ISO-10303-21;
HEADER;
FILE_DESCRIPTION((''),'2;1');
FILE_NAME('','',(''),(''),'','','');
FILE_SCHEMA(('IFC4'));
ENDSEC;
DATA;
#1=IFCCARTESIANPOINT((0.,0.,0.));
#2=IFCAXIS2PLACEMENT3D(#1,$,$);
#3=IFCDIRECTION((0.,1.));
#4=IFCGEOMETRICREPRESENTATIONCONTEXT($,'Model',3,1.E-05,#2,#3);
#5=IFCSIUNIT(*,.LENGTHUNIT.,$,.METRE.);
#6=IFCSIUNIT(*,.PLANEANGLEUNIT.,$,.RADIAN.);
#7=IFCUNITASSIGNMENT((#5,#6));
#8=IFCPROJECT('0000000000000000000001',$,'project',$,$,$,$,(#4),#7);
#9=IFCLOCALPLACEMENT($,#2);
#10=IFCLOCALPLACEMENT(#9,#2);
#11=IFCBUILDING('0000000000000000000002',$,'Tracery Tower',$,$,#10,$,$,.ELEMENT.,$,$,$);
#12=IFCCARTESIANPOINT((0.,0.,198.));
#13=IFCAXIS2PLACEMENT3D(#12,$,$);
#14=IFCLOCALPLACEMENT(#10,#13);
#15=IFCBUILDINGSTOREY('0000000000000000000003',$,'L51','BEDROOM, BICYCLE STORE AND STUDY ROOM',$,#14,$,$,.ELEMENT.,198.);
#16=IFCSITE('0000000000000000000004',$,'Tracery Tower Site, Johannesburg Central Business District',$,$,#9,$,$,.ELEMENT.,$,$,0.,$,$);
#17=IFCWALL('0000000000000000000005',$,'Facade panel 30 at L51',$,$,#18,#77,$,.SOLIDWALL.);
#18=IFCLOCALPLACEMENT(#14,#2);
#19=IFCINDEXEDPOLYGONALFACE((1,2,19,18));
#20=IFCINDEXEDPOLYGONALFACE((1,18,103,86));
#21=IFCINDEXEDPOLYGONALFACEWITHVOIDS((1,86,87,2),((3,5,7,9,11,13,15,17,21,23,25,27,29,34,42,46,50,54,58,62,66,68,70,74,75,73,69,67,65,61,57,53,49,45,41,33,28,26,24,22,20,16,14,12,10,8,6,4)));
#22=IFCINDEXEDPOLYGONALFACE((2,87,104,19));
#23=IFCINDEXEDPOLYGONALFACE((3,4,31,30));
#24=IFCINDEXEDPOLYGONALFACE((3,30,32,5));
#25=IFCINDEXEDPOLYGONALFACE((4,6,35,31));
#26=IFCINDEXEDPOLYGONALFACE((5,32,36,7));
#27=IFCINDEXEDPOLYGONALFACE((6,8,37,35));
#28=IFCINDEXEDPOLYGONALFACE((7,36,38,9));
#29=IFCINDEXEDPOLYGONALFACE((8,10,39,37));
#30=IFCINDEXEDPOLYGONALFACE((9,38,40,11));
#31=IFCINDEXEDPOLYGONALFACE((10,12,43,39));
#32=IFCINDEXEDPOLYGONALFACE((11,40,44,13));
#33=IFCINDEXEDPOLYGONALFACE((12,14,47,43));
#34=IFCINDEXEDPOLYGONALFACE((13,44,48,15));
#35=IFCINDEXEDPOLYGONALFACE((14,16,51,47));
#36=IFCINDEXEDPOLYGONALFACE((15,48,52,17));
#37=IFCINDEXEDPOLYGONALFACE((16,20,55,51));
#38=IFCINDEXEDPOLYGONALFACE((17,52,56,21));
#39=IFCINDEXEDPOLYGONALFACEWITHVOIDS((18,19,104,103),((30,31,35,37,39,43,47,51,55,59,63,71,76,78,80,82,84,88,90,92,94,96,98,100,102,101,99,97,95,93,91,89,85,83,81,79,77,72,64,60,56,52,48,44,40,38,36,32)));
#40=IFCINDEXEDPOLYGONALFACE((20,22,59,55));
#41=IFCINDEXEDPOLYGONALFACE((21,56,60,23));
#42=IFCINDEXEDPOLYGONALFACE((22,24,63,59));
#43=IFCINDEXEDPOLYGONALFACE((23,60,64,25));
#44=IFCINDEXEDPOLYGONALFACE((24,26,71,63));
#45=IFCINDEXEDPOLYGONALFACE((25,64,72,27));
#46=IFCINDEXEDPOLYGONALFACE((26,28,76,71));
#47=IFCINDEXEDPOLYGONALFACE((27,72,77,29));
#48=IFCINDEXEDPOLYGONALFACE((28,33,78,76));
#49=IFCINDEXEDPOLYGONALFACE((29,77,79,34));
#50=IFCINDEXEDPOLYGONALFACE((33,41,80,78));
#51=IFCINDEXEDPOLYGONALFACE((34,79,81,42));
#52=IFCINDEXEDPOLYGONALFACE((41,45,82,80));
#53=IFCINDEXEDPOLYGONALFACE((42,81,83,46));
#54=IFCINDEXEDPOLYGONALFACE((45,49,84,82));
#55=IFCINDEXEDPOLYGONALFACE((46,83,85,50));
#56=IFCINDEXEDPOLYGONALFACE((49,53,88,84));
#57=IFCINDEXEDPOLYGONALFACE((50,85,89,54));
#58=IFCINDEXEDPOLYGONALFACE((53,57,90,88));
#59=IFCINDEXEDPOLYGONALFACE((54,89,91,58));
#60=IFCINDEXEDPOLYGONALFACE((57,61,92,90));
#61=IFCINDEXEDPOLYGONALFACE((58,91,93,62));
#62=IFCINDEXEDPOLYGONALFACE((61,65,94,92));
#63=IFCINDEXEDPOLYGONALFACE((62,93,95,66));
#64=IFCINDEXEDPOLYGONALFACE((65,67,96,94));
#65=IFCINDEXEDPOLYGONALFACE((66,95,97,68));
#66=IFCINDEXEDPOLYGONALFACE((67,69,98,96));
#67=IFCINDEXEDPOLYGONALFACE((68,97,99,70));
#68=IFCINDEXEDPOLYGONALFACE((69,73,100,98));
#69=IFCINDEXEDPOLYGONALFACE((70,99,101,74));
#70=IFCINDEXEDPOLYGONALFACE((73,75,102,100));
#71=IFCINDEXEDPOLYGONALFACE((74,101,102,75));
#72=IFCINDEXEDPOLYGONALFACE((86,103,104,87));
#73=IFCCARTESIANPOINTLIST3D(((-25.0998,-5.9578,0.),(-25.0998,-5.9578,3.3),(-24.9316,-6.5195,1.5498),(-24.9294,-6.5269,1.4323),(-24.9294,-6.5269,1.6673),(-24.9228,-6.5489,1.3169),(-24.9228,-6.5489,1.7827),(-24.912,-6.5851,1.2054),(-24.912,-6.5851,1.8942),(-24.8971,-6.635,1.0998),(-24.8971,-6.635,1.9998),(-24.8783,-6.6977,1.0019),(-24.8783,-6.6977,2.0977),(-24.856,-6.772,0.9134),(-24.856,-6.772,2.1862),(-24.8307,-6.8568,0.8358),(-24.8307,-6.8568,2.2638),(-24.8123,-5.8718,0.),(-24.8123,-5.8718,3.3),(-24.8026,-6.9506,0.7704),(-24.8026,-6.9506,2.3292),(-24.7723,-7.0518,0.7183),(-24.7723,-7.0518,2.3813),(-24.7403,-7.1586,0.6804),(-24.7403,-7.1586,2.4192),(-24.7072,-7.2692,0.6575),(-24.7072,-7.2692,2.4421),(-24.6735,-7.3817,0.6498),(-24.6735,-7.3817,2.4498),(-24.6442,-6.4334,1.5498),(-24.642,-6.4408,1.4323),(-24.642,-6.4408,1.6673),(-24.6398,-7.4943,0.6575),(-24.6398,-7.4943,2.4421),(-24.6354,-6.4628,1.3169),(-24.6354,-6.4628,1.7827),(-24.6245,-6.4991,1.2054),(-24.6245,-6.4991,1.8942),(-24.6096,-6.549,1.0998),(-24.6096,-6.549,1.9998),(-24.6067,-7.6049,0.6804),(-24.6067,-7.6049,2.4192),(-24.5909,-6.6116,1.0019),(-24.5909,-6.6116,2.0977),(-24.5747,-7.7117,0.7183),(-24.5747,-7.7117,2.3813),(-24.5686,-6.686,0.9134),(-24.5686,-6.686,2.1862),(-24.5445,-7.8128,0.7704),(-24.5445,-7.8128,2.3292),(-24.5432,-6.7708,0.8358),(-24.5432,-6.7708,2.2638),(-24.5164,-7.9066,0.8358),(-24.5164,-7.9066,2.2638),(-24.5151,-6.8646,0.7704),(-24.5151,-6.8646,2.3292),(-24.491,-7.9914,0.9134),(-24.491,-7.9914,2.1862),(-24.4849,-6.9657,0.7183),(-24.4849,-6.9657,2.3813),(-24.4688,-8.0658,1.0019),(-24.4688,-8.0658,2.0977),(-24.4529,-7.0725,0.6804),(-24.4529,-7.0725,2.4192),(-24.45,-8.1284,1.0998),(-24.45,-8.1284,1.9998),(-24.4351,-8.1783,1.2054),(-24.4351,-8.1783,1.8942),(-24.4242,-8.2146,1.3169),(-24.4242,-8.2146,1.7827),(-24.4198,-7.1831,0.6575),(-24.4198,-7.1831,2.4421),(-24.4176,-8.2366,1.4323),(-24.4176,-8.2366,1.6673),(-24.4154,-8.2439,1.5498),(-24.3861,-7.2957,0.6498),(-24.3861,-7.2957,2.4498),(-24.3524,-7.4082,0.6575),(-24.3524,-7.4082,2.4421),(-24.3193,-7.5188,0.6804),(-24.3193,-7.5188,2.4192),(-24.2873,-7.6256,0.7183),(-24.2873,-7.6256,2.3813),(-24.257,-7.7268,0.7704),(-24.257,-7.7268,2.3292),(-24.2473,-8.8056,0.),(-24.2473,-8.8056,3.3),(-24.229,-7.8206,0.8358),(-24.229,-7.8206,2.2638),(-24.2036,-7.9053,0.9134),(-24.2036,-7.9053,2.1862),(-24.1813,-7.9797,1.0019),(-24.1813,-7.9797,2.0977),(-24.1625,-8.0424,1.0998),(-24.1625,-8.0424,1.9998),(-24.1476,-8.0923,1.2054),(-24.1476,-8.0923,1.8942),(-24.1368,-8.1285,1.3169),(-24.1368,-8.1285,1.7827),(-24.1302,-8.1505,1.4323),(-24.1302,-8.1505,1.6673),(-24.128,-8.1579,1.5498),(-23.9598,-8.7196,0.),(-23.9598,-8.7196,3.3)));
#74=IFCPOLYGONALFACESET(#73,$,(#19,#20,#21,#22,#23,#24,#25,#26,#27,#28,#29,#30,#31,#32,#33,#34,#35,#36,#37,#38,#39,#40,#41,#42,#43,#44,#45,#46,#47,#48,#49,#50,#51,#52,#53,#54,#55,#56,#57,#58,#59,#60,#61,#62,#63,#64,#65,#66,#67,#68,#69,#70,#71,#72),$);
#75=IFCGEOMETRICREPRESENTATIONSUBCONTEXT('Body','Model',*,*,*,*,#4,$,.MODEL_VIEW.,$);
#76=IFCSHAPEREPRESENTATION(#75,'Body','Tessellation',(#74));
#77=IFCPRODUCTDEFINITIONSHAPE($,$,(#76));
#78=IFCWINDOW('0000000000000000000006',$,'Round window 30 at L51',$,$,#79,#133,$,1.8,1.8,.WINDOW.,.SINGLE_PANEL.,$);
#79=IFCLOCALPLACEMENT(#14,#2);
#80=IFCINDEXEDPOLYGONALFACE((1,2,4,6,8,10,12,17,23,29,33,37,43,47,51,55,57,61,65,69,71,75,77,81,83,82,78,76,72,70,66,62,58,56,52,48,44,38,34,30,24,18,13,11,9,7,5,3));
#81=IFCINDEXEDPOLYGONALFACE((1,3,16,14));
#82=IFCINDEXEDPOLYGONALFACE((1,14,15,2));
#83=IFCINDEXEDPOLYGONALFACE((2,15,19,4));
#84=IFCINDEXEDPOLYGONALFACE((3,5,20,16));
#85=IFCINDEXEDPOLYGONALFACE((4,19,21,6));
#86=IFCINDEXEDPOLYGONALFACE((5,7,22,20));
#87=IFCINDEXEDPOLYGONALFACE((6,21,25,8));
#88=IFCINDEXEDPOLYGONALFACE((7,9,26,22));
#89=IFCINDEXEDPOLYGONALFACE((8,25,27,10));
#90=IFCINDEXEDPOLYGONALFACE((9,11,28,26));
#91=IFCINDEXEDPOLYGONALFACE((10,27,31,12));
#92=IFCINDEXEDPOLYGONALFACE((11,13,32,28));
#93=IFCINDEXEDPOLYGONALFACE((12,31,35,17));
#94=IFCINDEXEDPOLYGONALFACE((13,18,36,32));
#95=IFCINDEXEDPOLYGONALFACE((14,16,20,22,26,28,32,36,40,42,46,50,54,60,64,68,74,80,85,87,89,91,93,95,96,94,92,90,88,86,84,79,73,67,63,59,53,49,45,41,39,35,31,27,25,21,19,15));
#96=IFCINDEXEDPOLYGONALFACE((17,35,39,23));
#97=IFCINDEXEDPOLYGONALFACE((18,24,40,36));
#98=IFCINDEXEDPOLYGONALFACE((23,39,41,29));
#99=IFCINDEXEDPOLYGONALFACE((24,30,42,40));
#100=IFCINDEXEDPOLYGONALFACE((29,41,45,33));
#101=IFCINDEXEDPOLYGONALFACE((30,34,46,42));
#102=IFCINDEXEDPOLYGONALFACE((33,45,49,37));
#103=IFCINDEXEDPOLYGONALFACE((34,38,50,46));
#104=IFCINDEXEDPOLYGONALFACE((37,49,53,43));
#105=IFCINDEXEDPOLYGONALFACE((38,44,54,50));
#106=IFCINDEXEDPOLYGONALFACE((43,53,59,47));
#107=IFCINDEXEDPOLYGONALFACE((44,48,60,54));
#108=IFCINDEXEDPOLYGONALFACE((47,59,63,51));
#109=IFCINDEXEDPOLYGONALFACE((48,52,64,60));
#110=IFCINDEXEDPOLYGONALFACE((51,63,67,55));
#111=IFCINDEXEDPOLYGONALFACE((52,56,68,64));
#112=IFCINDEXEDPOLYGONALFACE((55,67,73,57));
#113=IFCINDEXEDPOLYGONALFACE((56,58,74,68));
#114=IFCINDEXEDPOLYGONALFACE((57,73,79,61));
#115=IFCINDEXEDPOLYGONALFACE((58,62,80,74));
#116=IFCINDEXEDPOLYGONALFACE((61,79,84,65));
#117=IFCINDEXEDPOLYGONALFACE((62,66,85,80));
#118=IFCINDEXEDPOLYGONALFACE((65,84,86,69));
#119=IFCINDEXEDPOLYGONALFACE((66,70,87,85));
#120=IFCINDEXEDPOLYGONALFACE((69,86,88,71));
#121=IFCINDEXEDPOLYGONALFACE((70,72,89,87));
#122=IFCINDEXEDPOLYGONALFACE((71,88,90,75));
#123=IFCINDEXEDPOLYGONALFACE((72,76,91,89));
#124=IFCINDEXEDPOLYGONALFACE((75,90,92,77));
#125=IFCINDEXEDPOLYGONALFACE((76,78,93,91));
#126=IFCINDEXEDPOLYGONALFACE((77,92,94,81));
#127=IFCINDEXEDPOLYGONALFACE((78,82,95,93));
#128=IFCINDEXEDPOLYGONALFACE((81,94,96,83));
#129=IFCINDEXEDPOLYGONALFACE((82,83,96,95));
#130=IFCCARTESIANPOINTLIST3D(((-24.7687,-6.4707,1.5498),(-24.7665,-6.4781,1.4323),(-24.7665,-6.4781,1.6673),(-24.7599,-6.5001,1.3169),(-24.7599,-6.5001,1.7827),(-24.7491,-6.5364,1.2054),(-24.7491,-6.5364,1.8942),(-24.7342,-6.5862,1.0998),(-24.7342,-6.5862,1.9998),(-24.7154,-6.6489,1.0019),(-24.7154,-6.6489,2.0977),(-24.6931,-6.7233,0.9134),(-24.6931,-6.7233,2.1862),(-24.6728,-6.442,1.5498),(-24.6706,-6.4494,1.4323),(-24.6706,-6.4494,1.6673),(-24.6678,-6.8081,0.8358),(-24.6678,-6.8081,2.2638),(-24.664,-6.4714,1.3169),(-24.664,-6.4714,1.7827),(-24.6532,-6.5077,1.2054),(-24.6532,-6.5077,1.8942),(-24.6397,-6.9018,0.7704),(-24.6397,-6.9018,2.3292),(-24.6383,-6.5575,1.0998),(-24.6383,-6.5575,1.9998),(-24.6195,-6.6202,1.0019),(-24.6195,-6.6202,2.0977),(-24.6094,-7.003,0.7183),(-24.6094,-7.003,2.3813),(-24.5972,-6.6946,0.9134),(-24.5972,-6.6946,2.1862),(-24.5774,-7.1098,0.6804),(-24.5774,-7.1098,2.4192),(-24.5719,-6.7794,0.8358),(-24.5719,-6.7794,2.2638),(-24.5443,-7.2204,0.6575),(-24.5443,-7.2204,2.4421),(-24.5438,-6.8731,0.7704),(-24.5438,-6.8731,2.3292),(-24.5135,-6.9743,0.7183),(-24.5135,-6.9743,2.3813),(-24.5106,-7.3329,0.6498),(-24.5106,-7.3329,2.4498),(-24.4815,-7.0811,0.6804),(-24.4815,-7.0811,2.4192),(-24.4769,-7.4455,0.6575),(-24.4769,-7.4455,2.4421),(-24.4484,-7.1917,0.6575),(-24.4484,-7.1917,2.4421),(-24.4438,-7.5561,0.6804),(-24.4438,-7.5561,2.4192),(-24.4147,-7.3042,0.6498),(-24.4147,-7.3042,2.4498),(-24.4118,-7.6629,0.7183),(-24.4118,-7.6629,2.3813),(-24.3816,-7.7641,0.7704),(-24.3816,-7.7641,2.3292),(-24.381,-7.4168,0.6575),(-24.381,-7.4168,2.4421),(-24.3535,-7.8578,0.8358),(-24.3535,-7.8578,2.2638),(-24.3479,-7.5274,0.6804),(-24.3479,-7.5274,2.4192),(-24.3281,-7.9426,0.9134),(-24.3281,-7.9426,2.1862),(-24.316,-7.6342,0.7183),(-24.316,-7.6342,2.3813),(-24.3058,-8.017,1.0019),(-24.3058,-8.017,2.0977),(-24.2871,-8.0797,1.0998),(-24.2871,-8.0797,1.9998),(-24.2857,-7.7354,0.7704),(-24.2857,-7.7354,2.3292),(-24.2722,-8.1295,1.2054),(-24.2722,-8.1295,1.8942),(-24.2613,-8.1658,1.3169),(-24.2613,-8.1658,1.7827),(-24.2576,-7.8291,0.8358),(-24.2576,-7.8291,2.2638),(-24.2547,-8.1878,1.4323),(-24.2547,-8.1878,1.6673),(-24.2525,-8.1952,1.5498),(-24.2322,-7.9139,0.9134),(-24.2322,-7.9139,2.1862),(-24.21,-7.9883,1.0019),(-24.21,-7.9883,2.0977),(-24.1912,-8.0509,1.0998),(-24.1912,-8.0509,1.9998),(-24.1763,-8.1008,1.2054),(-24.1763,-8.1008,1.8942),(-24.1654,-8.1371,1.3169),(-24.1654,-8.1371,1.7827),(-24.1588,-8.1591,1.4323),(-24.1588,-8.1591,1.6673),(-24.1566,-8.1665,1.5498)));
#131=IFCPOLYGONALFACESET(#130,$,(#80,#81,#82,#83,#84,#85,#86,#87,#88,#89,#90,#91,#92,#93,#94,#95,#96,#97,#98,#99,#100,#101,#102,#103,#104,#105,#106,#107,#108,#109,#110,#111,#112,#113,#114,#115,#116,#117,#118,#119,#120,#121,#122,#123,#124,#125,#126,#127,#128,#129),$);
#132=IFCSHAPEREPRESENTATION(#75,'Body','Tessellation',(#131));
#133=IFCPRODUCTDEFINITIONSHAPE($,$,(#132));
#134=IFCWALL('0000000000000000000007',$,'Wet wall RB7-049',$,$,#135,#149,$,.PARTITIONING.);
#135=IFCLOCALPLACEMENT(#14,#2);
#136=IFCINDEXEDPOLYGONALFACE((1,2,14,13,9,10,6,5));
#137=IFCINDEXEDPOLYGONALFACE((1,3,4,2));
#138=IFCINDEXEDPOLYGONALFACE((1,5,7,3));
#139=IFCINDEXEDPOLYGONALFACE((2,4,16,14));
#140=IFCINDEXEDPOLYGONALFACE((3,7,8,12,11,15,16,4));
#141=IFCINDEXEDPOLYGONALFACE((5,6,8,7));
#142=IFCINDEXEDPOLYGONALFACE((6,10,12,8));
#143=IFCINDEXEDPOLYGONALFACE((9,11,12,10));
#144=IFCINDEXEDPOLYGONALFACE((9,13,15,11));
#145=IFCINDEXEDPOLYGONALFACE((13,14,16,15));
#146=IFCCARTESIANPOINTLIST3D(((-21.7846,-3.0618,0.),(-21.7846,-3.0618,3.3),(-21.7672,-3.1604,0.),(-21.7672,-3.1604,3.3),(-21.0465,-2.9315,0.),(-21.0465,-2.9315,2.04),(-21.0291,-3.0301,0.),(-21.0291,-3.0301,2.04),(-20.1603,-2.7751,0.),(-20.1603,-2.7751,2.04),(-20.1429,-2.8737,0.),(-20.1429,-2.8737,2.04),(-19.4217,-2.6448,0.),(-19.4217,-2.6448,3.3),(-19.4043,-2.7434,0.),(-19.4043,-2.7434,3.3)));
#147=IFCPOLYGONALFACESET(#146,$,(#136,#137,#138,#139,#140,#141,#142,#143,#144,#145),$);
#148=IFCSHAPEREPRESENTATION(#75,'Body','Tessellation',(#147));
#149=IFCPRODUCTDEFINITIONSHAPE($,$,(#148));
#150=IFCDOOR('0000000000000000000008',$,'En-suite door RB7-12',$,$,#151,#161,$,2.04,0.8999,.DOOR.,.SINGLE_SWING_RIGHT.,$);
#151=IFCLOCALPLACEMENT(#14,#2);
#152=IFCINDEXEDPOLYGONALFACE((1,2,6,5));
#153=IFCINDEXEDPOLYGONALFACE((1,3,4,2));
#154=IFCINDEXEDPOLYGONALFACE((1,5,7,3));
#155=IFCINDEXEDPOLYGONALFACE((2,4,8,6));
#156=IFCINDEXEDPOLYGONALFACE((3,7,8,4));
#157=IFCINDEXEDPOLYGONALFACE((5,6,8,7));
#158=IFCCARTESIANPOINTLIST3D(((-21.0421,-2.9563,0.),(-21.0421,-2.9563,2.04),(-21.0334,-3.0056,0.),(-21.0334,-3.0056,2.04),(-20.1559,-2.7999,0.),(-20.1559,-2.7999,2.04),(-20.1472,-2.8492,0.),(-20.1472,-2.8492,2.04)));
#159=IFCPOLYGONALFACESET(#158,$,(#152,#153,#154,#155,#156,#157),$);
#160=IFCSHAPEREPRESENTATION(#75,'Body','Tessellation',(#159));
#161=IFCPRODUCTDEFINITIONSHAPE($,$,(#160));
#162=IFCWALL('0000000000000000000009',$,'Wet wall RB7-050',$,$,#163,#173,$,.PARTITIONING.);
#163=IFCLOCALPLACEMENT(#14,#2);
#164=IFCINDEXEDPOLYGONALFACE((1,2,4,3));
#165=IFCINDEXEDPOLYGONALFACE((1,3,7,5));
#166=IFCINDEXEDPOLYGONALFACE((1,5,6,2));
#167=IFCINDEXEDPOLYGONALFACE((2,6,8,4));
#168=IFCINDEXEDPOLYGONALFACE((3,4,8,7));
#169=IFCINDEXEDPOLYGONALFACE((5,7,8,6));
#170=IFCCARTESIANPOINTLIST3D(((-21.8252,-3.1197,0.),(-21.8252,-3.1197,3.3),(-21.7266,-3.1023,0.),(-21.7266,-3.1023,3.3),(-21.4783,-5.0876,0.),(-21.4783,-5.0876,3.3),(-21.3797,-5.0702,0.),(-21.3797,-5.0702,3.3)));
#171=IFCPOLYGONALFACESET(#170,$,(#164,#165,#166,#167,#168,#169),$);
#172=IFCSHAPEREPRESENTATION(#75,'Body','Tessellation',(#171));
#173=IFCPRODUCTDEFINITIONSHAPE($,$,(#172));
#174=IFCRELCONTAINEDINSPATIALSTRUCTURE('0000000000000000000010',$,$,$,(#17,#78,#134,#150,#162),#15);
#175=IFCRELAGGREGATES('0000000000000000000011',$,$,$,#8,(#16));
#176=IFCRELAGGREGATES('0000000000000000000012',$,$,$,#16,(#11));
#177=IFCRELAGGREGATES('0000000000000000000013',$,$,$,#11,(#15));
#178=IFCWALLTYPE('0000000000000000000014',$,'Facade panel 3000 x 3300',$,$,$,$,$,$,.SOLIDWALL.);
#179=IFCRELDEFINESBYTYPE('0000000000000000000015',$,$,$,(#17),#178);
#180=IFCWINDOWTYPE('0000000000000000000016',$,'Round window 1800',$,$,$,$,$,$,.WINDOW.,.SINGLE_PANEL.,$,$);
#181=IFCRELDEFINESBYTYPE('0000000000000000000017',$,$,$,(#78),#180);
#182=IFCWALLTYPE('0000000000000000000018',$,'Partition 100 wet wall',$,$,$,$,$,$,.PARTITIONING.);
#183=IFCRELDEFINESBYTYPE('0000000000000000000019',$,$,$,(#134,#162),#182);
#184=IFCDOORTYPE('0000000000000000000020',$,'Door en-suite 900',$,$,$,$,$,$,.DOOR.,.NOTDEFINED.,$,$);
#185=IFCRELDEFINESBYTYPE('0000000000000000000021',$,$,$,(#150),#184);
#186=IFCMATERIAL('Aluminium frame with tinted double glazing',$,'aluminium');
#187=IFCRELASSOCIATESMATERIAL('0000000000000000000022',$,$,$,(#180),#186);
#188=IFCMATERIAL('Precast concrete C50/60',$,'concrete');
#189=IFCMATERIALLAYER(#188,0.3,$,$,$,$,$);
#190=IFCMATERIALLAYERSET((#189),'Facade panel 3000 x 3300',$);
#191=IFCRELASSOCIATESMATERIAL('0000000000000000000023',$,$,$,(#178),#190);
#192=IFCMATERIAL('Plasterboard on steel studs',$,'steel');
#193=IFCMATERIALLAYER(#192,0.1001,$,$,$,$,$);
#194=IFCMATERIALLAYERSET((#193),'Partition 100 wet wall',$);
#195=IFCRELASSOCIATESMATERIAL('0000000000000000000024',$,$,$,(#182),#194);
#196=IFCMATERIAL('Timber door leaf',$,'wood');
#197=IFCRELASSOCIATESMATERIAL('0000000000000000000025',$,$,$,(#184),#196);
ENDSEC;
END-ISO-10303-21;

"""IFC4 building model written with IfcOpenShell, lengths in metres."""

from ifc_helpers import new_model, si_unit, direction, frame, frame_2d, origin, origin_2d, place, context, subcontext, project, spatial, rectangle, circle, extrude, material, layer, layer_set, type_object, element, fill, save


model = new_model("IFC4")

# Units and contexts
model_context = context("Model", 3, precision=1e-05, world=origin(), true_north=direction((0.0, 1.0)))
body_context = subcontext(model_context, "Body", "Model", "MODEL_VIEW")
ifc_project = project(units=[si_unit("LENGTHUNIT", "METRE"), si_unit("PLANEANGLEUNIT", "RADIAN")], contexts=[model_context])

# Site, building, storey
site_placement = place(None, origin())
site = spatial("IfcSite", under=ifc_project, at=site_placement, Name="Tracery Tower Site, Johannesburg Central Business District", CompositionType="ELEMENT", RefElevation=0.0)
building_placement = place(site_placement, origin())
building = spatial("IfcBuilding", under=site, at=building_placement, Name="Tracery Tower", CompositionType="ELEMENT")
storey_placement = place(building_placement, frame((0.0, 0.0, 198.0)))
storey = spatial("IfcBuildingStorey", under=building, at=storey_placement, Name="L51", Description="BEDROOM, BICYCLE STORE AND STUDY ROOM", CompositionType="ELEMENT", Elevation=198.0)

# Wall, opening, window
ifc_material_1 = material(Name="Aluminium frame with tinted double glazing", Category="aluminium")
window_type = type_object("IfcWindowType", Name="Round window 1800", PartitioningType="SINGLE_PANEL", PredefinedType="WINDOW", material=ifc_material_1)
ifc_material_2 = material(Name="Precast concrete C50/60", Category="concrete")
ifc_layer_1 = layer(ifc_material_2, 0.3)
ifc_layer_set_1 = layer_set([ifc_layer_1], Name="Facade panel 3000 x 3300")
wall_type_1 = type_object("IfcWallType", Name="Facade panel 3000 x 3300", PredefinedType="SOLIDWALL", material=ifc_layer_set_1)
wall_1_placement = place(storey_placement, frame((-24.9561, -5.9148, 0.0), z_axis=(0.0, 0.0, 1.0), x_axis=(0.286783, -0.957996, 0.0)))
wall_1 = element("IfcWall", 1, at=wall_1_placement, inside=storey, type_object=wall_type_1, Name="Facade panel 30 at L51", PredefinedType="SOLIDWALL", context=body_context, shape_type="SweptSolid", body=[
    extrude(rectangle(XDim=2.9727, YDim=0.3, at=frame_2d((1.4863, 0.0))), origin(), (0.0, 0.0, 1.0), 3.3),
])
opening_1_placement = place(wall_1_placement, frame((1.4863, 0.0, 1.5498)))
opening_1 = element("IfcOpeningElement", 2, at=opening_1_placement, cuts=wall_1, PredefinedType="OPENING", context=body_context, shape_type="SweptSolid", body=[
    extrude(circle(Radius=0.9, at=origin_2d()), frame((0.0, 0.1599, 0.0), z_axis=(0.0, -1.0, 0.0), x_axis=(1.0, 0.0, 0.0)), (0.0, 0.0, 1.0), 0.3201),
])
window_1_placement = place(opening_1_placement, origin())
window_1 = element("IfcWindow", 3, at=window_1_placement, inside=storey, type_object=window_type, Name="Round window 30 at L51", OverallHeight=1.8, OverallWidth=1.8, PartitioningType="SINGLE_PANEL", PredefinedType="WINDOW", context=body_context, shape_type="SweptSolid", body=[
    extrude(circle(Radius=0.9, at=origin_2d()), frame((0.0, 0.1201, 0.0), z_axis=(0.0, -1.0, 0.0), x_axis=(1.0, 0.0, 0.0)), (0.0, 0.0, 1.0), 0.1001),
])
fill(opening_1, window_1)

# Wall, opening, door
ifc_material_3 = material(Name="Plasterboard on steel studs", Category="steel")
ifc_layer_2 = layer(ifc_material_3, 0.1001)
ifc_layer_set_2 = layer_set([ifc_layer_2], Name="Partition 100 wet wall")
wall_type_2 = type_object("IfcWallType", Name="Partition 100 wet wall", PredefinedType="PARTITIONING", material=ifc_layer_set_2)
wall_2_placement = place(storey_placement, frame((-21.7759, -3.1111, 0.0), z_axis=(0.0, 0.0, 1.0), x_axis=(0.984782, 0.173797, 0.0)))
wall_2 = element("IfcWall", 4, at=wall_2_placement, inside=storey, type_object=wall_type_2, Name="Wet wall RB7-049", PredefinedType="PARTITIONING", context=body_context, shape_type="SweptSolid", body=[
    extrude(rectangle(XDim=2.3994, YDim=0.1001, at=frame_2d((1.1997, 0.0))), origin(), (0.0, 0.0, 1.0), 3.3),
])
opening_2_placement = place(wall_2_placement, frame((0.7495, 0.0, 0.0)))
opening_2 = element("IfcOpeningElement", 5, at=opening_2_placement, cuts=wall_2, PredefinedType="OPENING", context=body_context, shape_type="SweptSolid", body=[
    extrude(rectangle(XDim=0.8999, YDim=2.04, at=frame_2d((0.45, 1.02))), frame((0.0, 0.05, 0.0), z_axis=(0.0, -1.0, 0.0), x_axis=(1.0, 0.0, 0.0)), (0.0, 0.0, 1.0), 0.1001),
])
ifc_material_4 = material(Name="Timber door leaf", Category="wood")
door_type_1 = type_object("IfcDoorType", Name="Door en-suite 900", OperationType="NOTDEFINED", PredefinedType="DOOR", material=ifc_material_4)
door_1_placement = place(opening_2_placement, origin())
door_1 = element("IfcDoor", 6, at=door_1_placement, inside=storey, type_object=door_type_1, Name="En-suite door RB7-12", OperationType="SINGLE_SWING_RIGHT", OverallHeight=2.04, OverallWidth=0.8999, PredefinedType="DOOR", context=body_context, shape_type="SweptSolid", body=[
    extrude(rectangle(XDim=0.8999, YDim=2.04, at=frame_2d((0.45, 1.02))), frame((0.0, 0.0249, 0.0), z_axis=(0.0, -1.0, 0.0), x_axis=(1.0, 0.0, 0.0)), (0.0, 0.0, 1.0), 0.05),
])
fill(opening_2, door_1)

# Wall
wall_3_placement = place(storey_placement, frame((-21.7759, -3.1111, 0.0), z_axis=(0.0, 0.0, 1.0), x_axis=(0.173604, -0.984816, 0.0)))
element("IfcWall", 7, at=wall_3_placement, inside=storey, type_object=wall_type_2, Name="Wet wall RB7-050", PredefinedType="PARTITIONING", context=body_context, shape_type="SweptSolid", body=[
    extrude(rectangle(XDim=1.9983, YDim=0.1001, at=frame_2d((0.999, 0.0))), origin(), (0.0, 0.0, 1.0), 3.3),
])

save(model, "model.ifc")
